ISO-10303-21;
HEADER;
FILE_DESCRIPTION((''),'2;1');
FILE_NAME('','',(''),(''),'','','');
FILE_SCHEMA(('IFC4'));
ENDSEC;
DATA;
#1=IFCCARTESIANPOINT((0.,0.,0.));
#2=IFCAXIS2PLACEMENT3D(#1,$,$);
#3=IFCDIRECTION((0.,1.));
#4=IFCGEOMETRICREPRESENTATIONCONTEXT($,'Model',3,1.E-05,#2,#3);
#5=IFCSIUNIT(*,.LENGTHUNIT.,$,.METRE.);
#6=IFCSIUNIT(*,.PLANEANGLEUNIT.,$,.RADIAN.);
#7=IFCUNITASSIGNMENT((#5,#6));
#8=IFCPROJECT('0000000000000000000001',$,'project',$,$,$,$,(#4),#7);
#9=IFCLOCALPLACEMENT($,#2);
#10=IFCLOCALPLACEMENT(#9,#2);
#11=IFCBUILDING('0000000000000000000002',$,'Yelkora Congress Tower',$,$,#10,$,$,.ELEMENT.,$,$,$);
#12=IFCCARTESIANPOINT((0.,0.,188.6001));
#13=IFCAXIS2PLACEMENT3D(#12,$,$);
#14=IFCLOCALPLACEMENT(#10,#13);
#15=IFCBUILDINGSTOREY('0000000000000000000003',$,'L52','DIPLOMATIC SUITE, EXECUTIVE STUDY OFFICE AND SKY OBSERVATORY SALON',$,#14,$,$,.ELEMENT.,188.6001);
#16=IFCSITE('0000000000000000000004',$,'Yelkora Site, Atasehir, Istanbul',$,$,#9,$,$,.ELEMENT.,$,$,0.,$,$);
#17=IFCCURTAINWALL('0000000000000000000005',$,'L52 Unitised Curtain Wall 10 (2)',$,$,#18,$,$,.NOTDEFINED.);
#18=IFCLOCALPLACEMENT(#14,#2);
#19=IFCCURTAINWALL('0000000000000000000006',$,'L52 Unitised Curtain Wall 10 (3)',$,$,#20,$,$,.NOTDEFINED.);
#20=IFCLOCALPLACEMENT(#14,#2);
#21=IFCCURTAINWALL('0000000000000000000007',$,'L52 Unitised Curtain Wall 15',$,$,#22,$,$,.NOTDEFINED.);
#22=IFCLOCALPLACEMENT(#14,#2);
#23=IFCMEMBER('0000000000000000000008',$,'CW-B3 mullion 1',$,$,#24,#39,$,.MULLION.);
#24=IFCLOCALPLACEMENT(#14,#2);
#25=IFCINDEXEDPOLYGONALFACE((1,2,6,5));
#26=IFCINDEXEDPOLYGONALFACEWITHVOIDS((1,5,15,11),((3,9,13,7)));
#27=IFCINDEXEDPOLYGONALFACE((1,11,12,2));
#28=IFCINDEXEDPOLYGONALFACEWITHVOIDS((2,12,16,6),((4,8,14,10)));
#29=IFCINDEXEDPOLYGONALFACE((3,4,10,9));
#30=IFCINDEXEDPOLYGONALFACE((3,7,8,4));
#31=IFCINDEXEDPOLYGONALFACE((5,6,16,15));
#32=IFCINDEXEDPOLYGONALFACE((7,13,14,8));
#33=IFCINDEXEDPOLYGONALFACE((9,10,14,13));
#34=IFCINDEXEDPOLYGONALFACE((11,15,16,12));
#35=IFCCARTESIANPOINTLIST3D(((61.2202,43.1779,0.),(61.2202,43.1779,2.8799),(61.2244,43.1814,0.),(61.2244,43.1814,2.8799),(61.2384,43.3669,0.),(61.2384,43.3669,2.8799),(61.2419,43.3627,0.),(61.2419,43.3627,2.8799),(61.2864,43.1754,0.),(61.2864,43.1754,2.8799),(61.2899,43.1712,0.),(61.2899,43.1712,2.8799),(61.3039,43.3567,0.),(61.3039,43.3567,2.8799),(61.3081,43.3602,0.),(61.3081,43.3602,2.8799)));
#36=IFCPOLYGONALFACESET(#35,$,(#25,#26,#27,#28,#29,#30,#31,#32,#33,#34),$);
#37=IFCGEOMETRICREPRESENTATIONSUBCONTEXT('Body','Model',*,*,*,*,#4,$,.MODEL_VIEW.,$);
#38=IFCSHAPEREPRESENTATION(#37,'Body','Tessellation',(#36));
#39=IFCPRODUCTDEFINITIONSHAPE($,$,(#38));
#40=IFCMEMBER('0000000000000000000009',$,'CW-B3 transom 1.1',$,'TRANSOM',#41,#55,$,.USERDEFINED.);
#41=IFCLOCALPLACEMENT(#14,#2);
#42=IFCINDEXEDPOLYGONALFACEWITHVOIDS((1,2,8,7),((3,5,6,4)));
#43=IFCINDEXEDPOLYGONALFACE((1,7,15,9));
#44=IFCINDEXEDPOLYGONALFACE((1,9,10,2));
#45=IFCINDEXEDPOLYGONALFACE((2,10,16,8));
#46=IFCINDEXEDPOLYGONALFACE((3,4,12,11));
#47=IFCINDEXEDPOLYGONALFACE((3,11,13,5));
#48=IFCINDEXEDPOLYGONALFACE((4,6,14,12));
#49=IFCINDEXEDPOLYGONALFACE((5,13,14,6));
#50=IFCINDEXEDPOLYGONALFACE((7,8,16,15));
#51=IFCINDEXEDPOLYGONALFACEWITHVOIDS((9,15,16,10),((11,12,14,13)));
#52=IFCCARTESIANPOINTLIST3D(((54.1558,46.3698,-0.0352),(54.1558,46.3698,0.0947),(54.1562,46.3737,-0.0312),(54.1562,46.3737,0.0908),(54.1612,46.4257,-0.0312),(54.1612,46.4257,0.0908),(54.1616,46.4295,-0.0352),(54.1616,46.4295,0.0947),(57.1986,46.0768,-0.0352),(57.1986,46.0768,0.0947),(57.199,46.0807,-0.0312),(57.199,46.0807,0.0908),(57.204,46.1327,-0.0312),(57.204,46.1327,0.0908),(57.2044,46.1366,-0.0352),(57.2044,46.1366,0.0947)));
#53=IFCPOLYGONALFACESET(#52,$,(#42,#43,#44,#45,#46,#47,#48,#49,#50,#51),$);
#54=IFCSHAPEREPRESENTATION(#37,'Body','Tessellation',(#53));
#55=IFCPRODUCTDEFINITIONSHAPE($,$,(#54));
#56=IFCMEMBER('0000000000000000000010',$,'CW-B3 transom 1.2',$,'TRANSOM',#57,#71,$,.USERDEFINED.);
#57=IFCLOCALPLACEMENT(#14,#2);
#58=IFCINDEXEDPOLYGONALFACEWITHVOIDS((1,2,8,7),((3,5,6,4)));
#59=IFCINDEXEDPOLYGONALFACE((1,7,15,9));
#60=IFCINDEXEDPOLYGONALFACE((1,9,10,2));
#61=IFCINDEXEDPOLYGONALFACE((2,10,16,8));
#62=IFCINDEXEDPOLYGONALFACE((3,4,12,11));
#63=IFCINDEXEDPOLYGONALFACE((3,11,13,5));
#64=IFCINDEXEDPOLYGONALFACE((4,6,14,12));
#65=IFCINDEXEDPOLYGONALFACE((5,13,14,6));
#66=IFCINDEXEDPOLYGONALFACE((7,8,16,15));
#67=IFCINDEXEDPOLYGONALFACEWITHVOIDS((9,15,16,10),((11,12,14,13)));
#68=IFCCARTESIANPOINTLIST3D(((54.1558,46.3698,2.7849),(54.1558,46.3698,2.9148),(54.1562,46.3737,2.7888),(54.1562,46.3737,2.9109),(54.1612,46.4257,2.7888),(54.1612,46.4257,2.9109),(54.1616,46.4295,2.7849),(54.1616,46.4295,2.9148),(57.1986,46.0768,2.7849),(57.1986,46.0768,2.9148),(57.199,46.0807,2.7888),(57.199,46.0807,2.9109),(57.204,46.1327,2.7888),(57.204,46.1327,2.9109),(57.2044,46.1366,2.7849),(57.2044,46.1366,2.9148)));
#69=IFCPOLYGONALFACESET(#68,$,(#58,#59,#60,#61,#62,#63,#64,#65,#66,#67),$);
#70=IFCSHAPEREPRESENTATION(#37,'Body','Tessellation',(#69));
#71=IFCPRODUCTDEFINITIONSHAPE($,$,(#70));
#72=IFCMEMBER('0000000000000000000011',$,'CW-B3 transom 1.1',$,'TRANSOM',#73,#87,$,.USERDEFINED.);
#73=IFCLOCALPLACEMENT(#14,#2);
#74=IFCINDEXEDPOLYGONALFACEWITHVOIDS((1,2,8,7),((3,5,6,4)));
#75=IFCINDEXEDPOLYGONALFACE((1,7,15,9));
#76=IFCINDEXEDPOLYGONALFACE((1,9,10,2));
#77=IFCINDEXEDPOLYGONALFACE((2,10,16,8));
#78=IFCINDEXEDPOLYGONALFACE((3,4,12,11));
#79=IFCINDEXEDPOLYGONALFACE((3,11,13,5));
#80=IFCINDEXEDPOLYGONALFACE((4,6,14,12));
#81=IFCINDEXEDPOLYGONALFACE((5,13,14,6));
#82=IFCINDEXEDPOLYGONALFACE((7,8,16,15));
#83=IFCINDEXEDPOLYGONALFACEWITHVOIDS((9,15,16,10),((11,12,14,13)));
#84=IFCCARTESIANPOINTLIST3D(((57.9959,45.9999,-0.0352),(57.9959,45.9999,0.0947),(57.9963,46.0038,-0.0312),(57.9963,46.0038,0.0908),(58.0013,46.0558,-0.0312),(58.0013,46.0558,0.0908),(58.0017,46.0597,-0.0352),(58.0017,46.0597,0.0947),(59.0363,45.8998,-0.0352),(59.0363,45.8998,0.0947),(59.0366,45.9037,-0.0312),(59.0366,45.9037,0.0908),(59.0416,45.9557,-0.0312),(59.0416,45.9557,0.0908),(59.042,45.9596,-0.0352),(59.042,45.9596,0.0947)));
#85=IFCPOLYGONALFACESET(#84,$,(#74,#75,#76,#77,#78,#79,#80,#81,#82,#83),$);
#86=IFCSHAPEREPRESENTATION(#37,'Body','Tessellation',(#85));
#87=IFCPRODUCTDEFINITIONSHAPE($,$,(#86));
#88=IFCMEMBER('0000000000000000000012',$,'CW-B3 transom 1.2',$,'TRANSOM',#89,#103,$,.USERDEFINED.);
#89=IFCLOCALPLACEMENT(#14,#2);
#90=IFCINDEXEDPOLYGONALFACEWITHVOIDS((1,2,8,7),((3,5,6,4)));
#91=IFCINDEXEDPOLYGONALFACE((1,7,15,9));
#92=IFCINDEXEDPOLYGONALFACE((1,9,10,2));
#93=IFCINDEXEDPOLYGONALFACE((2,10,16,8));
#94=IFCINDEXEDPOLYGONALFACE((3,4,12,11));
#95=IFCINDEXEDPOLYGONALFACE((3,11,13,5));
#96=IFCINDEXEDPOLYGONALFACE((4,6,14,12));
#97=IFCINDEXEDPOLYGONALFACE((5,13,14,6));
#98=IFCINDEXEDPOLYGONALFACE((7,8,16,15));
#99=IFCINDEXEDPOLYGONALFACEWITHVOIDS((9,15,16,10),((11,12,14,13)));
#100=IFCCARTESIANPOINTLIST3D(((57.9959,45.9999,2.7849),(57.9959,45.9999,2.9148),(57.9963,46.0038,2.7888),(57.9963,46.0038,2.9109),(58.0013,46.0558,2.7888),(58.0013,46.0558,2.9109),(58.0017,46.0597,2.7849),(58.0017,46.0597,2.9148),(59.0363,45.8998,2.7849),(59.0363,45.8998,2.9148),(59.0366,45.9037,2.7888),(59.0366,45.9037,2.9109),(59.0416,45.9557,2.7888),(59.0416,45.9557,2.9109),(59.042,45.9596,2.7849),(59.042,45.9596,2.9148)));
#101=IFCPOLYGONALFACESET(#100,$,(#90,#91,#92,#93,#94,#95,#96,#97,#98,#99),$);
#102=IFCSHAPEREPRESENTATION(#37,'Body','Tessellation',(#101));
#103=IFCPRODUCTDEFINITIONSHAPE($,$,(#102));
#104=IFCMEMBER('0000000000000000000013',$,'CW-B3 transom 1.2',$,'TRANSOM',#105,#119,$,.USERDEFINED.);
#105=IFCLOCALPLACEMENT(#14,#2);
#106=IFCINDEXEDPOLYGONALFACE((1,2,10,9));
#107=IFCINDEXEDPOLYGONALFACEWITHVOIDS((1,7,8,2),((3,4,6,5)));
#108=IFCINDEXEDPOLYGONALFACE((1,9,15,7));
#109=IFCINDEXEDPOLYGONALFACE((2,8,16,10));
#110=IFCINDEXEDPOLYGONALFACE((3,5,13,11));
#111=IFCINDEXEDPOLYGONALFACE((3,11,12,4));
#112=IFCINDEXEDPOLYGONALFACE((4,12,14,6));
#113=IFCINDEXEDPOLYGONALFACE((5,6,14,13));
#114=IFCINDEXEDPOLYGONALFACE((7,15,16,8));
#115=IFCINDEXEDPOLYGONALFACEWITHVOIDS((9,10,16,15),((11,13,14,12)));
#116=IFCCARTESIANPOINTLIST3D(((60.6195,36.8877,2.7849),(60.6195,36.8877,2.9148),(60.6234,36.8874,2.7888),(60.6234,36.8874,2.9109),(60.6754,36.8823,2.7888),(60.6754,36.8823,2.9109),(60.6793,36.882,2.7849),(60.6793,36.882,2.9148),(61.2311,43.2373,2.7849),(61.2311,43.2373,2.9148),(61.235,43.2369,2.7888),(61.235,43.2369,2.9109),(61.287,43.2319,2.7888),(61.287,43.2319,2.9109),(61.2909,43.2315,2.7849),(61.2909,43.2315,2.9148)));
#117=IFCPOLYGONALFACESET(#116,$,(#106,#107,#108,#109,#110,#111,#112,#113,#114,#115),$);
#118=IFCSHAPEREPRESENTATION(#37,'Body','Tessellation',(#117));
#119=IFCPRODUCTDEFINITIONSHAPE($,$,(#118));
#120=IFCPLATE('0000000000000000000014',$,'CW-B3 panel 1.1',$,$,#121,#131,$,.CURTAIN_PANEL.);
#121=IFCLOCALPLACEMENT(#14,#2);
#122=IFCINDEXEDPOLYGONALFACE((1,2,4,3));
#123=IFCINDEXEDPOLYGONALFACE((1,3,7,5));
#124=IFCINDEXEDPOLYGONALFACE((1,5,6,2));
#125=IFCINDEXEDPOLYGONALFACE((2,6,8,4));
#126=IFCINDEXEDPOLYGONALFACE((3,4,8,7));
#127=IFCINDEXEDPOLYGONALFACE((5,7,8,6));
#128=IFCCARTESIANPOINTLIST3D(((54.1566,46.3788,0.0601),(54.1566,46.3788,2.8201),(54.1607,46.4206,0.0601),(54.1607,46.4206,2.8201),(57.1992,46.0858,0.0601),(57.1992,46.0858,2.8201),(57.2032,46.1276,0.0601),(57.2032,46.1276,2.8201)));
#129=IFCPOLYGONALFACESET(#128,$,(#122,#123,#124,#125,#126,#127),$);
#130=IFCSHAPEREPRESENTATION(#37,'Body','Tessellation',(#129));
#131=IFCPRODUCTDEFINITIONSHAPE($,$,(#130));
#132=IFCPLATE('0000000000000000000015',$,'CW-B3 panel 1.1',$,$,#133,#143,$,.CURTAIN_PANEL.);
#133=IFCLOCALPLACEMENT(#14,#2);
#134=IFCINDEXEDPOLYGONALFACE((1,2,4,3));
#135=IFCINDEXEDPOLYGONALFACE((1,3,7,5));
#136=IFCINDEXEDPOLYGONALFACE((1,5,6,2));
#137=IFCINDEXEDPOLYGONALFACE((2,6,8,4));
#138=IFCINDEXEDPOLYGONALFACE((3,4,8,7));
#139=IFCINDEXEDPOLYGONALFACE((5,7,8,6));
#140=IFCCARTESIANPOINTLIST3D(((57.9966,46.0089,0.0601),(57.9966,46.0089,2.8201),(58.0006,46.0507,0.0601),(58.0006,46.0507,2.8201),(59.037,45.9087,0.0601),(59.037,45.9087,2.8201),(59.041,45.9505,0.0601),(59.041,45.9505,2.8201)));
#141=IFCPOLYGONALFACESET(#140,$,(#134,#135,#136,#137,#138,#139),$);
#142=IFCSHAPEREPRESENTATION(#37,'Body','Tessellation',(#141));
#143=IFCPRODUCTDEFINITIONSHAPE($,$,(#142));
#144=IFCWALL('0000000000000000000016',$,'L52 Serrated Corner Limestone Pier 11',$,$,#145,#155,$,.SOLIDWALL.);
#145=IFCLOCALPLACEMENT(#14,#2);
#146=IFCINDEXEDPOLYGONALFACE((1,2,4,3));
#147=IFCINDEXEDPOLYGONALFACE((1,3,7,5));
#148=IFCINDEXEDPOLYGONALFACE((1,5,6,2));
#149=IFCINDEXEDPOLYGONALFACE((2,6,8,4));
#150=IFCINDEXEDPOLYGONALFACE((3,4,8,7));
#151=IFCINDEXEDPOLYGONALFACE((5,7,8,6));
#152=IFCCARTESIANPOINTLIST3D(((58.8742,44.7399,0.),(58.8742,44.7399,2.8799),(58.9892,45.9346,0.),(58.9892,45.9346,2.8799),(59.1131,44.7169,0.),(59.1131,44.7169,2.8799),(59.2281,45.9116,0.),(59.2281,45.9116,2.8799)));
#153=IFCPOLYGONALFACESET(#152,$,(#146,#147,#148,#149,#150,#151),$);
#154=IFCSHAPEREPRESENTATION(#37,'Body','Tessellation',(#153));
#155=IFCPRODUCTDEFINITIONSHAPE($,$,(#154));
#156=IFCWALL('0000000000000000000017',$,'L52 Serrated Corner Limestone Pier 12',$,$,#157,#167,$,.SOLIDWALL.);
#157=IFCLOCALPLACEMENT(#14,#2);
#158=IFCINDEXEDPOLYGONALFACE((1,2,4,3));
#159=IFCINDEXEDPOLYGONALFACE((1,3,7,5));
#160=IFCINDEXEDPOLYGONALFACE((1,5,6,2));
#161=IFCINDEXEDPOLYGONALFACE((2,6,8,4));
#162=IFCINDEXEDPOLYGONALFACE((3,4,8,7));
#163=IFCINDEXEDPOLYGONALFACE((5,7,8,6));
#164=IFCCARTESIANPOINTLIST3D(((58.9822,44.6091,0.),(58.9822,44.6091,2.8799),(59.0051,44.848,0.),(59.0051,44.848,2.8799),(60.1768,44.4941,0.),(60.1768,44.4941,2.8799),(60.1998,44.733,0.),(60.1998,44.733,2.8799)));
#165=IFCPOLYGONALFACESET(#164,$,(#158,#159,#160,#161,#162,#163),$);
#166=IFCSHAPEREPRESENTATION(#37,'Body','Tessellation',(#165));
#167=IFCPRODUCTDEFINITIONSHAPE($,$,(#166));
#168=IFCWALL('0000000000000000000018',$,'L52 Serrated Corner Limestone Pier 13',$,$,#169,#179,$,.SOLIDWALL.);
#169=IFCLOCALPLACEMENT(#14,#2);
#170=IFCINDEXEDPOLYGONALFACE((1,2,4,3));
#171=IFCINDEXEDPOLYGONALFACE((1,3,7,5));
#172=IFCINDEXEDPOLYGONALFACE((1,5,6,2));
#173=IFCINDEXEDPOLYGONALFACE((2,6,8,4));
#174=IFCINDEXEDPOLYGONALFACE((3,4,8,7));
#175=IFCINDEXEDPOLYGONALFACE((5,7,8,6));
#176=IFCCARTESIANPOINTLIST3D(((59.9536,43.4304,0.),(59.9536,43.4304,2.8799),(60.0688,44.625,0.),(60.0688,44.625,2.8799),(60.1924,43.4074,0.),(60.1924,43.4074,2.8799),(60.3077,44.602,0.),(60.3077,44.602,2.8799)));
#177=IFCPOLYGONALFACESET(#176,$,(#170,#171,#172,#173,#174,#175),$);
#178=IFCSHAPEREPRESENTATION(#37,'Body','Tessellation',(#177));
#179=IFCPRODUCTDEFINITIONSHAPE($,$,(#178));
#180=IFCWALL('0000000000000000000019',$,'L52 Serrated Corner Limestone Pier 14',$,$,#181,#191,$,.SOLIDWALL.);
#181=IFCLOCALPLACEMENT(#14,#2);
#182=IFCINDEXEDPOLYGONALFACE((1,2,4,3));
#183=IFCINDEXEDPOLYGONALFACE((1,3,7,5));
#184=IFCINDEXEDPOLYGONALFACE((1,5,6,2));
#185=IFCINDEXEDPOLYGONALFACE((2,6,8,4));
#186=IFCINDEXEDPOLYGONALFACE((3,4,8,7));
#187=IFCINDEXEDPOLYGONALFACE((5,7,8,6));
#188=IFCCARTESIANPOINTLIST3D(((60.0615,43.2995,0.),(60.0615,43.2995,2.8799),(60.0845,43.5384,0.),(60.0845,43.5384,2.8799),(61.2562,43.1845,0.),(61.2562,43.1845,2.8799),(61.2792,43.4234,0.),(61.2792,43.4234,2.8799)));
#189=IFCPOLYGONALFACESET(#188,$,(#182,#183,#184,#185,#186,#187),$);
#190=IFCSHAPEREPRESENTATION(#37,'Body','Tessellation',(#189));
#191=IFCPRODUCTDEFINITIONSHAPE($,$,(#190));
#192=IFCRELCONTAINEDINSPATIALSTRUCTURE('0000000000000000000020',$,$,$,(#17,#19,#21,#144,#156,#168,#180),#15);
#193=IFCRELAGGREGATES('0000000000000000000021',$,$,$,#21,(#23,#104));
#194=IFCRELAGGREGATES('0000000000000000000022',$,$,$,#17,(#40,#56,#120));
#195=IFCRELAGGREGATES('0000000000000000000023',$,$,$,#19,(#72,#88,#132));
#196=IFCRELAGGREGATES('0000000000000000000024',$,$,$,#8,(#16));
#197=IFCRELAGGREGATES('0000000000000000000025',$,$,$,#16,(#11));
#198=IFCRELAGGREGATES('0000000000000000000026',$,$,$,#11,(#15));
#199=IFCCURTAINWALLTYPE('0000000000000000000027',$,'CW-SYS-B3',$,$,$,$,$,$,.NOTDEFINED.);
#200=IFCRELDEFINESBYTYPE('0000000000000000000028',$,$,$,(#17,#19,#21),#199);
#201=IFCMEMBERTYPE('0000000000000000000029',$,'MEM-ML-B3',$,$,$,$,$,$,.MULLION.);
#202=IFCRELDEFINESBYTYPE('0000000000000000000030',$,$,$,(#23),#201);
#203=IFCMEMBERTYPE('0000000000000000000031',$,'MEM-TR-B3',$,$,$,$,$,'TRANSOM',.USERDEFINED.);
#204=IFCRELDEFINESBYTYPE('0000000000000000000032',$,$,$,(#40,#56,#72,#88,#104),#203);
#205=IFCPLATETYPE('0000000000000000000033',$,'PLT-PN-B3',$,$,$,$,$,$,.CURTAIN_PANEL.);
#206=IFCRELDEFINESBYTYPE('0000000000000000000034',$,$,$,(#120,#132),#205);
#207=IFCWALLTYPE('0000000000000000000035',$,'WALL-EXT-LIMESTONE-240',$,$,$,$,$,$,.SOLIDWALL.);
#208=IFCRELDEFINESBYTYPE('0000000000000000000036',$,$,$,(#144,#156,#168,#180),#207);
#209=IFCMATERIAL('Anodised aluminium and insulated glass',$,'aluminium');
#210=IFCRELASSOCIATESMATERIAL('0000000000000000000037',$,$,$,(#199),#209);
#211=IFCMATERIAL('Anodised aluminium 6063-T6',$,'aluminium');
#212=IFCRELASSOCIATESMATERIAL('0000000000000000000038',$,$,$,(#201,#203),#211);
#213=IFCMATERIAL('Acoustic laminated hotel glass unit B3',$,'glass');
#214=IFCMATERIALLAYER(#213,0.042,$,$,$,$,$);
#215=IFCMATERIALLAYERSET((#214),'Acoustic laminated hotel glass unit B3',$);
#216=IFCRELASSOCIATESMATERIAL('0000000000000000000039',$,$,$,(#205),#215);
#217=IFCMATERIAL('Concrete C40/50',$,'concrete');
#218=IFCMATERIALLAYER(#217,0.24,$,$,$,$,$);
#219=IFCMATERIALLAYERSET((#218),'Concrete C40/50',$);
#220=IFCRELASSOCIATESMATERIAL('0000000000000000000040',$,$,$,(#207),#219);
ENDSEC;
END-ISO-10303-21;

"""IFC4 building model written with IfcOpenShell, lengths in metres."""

from ifc_helpers import new_model, si_unit, direction, frame, frame_2d, origin, origin_2d, place, context, subcontext, project, spatial, rectangle, hollow_rectangle, extrude, material, layer, layer_set, material_profile, profile_set, type_object, element, aggregate, save


model = new_model("IFC4")

# Units and contexts
model_context = context("Model", 3, precision=1e-05, world=origin(), true_north=direction((0.0, 1.0)))
body_context = subcontext(model_context, "Body", "Model", "MODEL_VIEW")
ifc_project = project(units=[si_unit("LENGTHUNIT", "METRE"), si_unit("PLANEANGLEUNIT", "RADIAN")], contexts=[model_context])

# Site, building, storey
site_placement = place(None, origin())
site = spatial("IfcSite", under=ifc_project, at=site_placement, Name="Yelkora Site, Atasehir, Istanbul", CompositionType="ELEMENT", RefElevation=0.0)
building_placement = place(site_placement, origin())
building = spatial("IfcBuilding", under=site, at=building_placement, Name="Yelkora Congress Tower", CompositionType="ELEMENT")
storey_placement = place(building_placement, frame((0.0, 0.0, 188.6001)))
storey = spatial("IfcBuildingStorey", under=building, at=storey_placement, Name="L52", Description="DIPLOMATIC SUITE, EXECUTIVE STUDY OFFICE AND SKY OBSERVATORY SALON", CompositionType="ELEMENT", Elevation=188.6001)

# Shared definitions
ifc_material_1 = material(Name="Anodised aluminium and insulated glass", Category="aluminium")
curtain_wall_type = type_object("IfcCurtainWallType", Name="CW-SYS-B3", PredefinedType="NOTDEFINED", material=ifc_material_1)
ifc_material_2 = material(Name="Anodised aluminium 6063-T6", Category="aluminium")
ifc_material_profile_1 = material_profile(ifc_material_2, hollow_rectangle(XDim=0.0701, YDim=0.1899, WallThickness=0.0039, at=origin_2d()), Name="ALU 70x190x4")
ifc_profile_set_1 = profile_set([ifc_material_profile_1], Name="Anodised aluminium 6063-T6")
member_type_1 = type_object("IfcMemberType", Name="MEM-ML-B3", PredefinedType="MULLION", material=ifc_profile_set_1)

# Curtain walls
curtain_wall_1_placement = place(storey_placement, origin())
curtain_wall_1 = element("IfcCurtainWall", 1, at=curtain_wall_1_placement, inside=storey, type_object=curtain_wall_type, Name="L52 Unitised Curtain Wall 10 (2)", PredefinedType="NOTDEFINED")
curtain_wall_2_placement = place(storey_placement, origin())
curtain_wall_2 = element("IfcCurtainWall", 2, at=curtain_wall_2_placement, inside=storey, type_object=curtain_wall_type, Name="L52 Unitised Curtain Wall 10 (3)", PredefinedType="NOTDEFINED")

# Curtain wall, member
curtain_wall_3_placement = place(storey_placement, origin())
curtain_wall_3 = element("IfcCurtainWall", 3, at=curtain_wall_3_placement, inside=storey, type_object=curtain_wall_type, Name="L52 Unitised Curtain Wall 15", PredefinedType="NOTDEFINED")
member_1_placement = place(storey_placement, frame((61.2642, 43.269, 0.0), z_axis=(0.0, 0.0, 1.0), x_axis=(0.995397, -0.095842, 0.0)))
member_1 = element("IfcMember", 4, at=member_1_placement, type_object=member_type_1, Name="CW-B3 mullion 1", PredefinedType="MULLION", context=body_context, shape_type="SweptSolid", body=[
    extrude(hollow_rectangle(XDim=0.0701, YDim=0.1899, WallThickness=0.0039, at=origin_2d()), origin(), (0.0, 0.0, 1.0), 2.8799),
])

# Members
ifc_material_profile_2 = material_profile(ifc_material_2, hollow_rectangle(XDim=0.0601, YDim=0.1299, WallThickness=0.0039, at=origin_2d()), Name="ALU 60x130x4")
ifc_profile_set_2 = profile_set([ifc_material_profile_2], Name="Anodised aluminium 6063-T6")
member_type_2 = type_object("IfcMemberType", Name="MEM-TR-B3", ElementType="TRANSOM", PredefinedType="USERDEFINED", material=ifc_profile_set_2)
member_2_placement = place(storey_placement, frame((54.1587, 46.3997, 0.0298), z_axis=(0.995397, -0.095842, 0.0), x_axis=(0.095842, 0.995397, 0.0)))
member_2 = element("IfcMember", 5, at=member_2_placement, type_object=member_type_2, Name="CW-B3 transom 1.1", ObjectType="TRANSOM", PredefinedType="USERDEFINED", context=body_context, shape_type="SweptSolid", body=[
    extrude(hollow_rectangle(XDim=0.0601, YDim=0.1299, WallThickness=0.0039, at=origin_2d()), origin(), (0.0, 0.0, 1.0), 3.0569),
])
member_3_placement = place(storey_placement, frame((54.1587, 46.3997, 2.8499), z_axis=(0.995397, -0.095842, 0.0), x_axis=(0.095842, 0.995397, 0.0)))
member_3 = element("IfcMember", 6, at=member_3_placement, type_object=member_type_2, Name="CW-B3 transom 1.2", ObjectType="TRANSOM", PredefinedType="USERDEFINED", context=body_context, shape_type="SweptSolid", body=[
    extrude(hollow_rectangle(XDim=0.0601, YDim=0.1299, WallThickness=0.0039, at=origin_2d()), origin(), (0.0, 0.0, 1.0), 3.0569),
])
member_4_placement = place(storey_placement, frame((57.9988, 46.0298, 0.0298), z_axis=(0.995403, -0.095779, 0.0), x_axis=(0.095779, 0.995403, 0.0)))
member_4 = element("IfcMember", 7, at=member_4_placement, type_object=member_type_2, Name="CW-B3 transom 1.1", ObjectType="TRANSOM", PredefinedType="USERDEFINED", context=body_context, shape_type="SweptSolid", body=[
    extrude(hollow_rectangle(XDim=0.0601, YDim=0.1299, WallThickness=0.0039, at=origin_2d()), origin(), (0.0, 0.0, 1.0), 1.0452),
])
member_5_placement = place(storey_placement, frame((57.9988, 46.0298, 2.8499), z_axis=(0.995403, -0.095779, 0.0), x_axis=(0.095779, 0.995403, 0.0)))
member_5 = element("IfcMember", 8, at=member_5_placement, type_object=member_type_2, Name="CW-B3 transom 1.2", ObjectType="TRANSOM", PredefinedType="USERDEFINED", context=body_context, shape_type="SweptSolid", body=[
    extrude(hollow_rectangle(XDim=0.0601, YDim=0.1299, WallThickness=0.0039, at=origin_2d()), origin(), (0.0, 0.0, 1.0), 1.0452),
])
member_6_placement = place(storey_placement, frame((61.261, 43.2344, 2.8499), z_axis=(-0.095873, -0.995394, 0.0), x_axis=(0.995394, -0.095873, 0.0)))
member_6 = element("IfcMember", 9, at=member_6_placement, type_object=member_type_2, Name="CW-B3 transom 1.2", ObjectType="TRANSOM", PredefinedType="USERDEFINED", context=body_context, shape_type="SweptSolid", body=[
    extrude(hollow_rectangle(XDim=0.0601, YDim=0.1299, WallThickness=0.0039, at=origin_2d()), origin(), (0.0, 0.0, 1.0), 6.3789),
])
aggregate(curtain_wall_3, [member_1, member_6])

# Plates
ifc_material_3 = material(Name="Acoustic laminated hotel glass unit B3", Category="glass")
ifc_layer_1 = layer(ifc_material_3, 0.042)
ifc_layer_set_1 = layer_set([ifc_layer_1], Name="Acoustic laminated hotel glass unit B3")
plate_type = type_object("IfcPlateType", Name="PLT-PN-B3", PredefinedType="CURTAIN_PANEL", material=ifc_layer_set_1)
plate_1_placement = place(storey_placement, frame((55.6799, 46.2532, 0.0601), z_axis=(0.0, 0.0, 1.0), x_axis=(0.995396, -0.095848, 0.0)))
plate_1 = element("IfcPlate", 10, at=plate_1_placement, type_object=plate_type, Name="CW-B3 panel 1.1", PredefinedType="CURTAIN_PANEL", context=body_context, shape_type="SweptSolid", body=[
    extrude(rectangle(XDim=3.0566, YDim=0.042, at=origin_2d()), origin(), (0.0, 0.0, 1.0), 2.76),
])
aggregate(curtain_wall_1, [member_2, member_3, plate_1])
plate_2_placement = place(storey_placement, frame((58.5188, 45.9797, 0.0601), z_axis=(0.0, 0.0, 1.0), x_axis=(0.995396, -0.095852, 0.0)))
plate_2 = element("IfcPlate", 11, at=plate_2_placement, type_object=plate_type, Name="CW-B3 panel 1.1", PredefinedType="CURTAIN_PANEL", context=body_context, shape_type="SweptSolid", body=[
    extrude(rectangle(XDim=1.0452, YDim=0.042, at=origin_2d()), origin(), (0.0, 0.0, 1.0), 2.76),
])
aggregate(curtain_wall_2, [member_4, member_5, plate_2])

# Walls
ifc_material_4 = material(Name="Concrete C40/50", Category="concrete")
ifc_layer_2 = layer(ifc_material_4, 0.24)
ifc_layer_set_2 = layer_set([ifc_layer_2], Name="Concrete C40/50")
wall_type = type_object("IfcWallType", Name="WALL-EXT-LIMESTONE-240", PredefinedType="SOLIDWALL", material=ifc_layer_set_2)
for number, where, z_axis, x_axis, name in (
    (12, (59.1086, 45.9231, 0.0), (0.0, 0.0, 1.0), (-0.095817, -0.995399, 0.0), "L52 Serrated Corner Limestone Pier 11"),
    (13, (58.9937, 44.7285, 0.0), (0.0, 0.0, 1.0), (0.995399, -0.095817, 0.0), "L52 Serrated Corner Limestone Pier 12"),
    (14, (60.1882, 44.6135, 0.0), (0.0, 0.0, 1.0), (-0.096019, -0.99538, 0.0), "L52 Serrated Corner Limestone Pier 13"),
    (15, (60.073, 43.4189, 0.0), (0.0, 0.0, 1.0), (0.995399, -0.095817, 0.0), "L52 Serrated Corner Limestone Pier 14"),
):
    element("IfcWall", number, at=place(storey_placement, frame(where, z_axis=z_axis, x_axis=x_axis)), inside=storey, type_object=wall_type, Name=name, PredefinedType="SOLIDWALL", context=body_context, shape_type="SweptSolid", body=[
        extrude(rectangle(XDim=1.2002, YDim=0.24, at=frame_2d((0.6001, 0.0))), origin(), (0.0, 0.0, 1.0), 2.8799),
    ])

save(model, "model.ifc")
